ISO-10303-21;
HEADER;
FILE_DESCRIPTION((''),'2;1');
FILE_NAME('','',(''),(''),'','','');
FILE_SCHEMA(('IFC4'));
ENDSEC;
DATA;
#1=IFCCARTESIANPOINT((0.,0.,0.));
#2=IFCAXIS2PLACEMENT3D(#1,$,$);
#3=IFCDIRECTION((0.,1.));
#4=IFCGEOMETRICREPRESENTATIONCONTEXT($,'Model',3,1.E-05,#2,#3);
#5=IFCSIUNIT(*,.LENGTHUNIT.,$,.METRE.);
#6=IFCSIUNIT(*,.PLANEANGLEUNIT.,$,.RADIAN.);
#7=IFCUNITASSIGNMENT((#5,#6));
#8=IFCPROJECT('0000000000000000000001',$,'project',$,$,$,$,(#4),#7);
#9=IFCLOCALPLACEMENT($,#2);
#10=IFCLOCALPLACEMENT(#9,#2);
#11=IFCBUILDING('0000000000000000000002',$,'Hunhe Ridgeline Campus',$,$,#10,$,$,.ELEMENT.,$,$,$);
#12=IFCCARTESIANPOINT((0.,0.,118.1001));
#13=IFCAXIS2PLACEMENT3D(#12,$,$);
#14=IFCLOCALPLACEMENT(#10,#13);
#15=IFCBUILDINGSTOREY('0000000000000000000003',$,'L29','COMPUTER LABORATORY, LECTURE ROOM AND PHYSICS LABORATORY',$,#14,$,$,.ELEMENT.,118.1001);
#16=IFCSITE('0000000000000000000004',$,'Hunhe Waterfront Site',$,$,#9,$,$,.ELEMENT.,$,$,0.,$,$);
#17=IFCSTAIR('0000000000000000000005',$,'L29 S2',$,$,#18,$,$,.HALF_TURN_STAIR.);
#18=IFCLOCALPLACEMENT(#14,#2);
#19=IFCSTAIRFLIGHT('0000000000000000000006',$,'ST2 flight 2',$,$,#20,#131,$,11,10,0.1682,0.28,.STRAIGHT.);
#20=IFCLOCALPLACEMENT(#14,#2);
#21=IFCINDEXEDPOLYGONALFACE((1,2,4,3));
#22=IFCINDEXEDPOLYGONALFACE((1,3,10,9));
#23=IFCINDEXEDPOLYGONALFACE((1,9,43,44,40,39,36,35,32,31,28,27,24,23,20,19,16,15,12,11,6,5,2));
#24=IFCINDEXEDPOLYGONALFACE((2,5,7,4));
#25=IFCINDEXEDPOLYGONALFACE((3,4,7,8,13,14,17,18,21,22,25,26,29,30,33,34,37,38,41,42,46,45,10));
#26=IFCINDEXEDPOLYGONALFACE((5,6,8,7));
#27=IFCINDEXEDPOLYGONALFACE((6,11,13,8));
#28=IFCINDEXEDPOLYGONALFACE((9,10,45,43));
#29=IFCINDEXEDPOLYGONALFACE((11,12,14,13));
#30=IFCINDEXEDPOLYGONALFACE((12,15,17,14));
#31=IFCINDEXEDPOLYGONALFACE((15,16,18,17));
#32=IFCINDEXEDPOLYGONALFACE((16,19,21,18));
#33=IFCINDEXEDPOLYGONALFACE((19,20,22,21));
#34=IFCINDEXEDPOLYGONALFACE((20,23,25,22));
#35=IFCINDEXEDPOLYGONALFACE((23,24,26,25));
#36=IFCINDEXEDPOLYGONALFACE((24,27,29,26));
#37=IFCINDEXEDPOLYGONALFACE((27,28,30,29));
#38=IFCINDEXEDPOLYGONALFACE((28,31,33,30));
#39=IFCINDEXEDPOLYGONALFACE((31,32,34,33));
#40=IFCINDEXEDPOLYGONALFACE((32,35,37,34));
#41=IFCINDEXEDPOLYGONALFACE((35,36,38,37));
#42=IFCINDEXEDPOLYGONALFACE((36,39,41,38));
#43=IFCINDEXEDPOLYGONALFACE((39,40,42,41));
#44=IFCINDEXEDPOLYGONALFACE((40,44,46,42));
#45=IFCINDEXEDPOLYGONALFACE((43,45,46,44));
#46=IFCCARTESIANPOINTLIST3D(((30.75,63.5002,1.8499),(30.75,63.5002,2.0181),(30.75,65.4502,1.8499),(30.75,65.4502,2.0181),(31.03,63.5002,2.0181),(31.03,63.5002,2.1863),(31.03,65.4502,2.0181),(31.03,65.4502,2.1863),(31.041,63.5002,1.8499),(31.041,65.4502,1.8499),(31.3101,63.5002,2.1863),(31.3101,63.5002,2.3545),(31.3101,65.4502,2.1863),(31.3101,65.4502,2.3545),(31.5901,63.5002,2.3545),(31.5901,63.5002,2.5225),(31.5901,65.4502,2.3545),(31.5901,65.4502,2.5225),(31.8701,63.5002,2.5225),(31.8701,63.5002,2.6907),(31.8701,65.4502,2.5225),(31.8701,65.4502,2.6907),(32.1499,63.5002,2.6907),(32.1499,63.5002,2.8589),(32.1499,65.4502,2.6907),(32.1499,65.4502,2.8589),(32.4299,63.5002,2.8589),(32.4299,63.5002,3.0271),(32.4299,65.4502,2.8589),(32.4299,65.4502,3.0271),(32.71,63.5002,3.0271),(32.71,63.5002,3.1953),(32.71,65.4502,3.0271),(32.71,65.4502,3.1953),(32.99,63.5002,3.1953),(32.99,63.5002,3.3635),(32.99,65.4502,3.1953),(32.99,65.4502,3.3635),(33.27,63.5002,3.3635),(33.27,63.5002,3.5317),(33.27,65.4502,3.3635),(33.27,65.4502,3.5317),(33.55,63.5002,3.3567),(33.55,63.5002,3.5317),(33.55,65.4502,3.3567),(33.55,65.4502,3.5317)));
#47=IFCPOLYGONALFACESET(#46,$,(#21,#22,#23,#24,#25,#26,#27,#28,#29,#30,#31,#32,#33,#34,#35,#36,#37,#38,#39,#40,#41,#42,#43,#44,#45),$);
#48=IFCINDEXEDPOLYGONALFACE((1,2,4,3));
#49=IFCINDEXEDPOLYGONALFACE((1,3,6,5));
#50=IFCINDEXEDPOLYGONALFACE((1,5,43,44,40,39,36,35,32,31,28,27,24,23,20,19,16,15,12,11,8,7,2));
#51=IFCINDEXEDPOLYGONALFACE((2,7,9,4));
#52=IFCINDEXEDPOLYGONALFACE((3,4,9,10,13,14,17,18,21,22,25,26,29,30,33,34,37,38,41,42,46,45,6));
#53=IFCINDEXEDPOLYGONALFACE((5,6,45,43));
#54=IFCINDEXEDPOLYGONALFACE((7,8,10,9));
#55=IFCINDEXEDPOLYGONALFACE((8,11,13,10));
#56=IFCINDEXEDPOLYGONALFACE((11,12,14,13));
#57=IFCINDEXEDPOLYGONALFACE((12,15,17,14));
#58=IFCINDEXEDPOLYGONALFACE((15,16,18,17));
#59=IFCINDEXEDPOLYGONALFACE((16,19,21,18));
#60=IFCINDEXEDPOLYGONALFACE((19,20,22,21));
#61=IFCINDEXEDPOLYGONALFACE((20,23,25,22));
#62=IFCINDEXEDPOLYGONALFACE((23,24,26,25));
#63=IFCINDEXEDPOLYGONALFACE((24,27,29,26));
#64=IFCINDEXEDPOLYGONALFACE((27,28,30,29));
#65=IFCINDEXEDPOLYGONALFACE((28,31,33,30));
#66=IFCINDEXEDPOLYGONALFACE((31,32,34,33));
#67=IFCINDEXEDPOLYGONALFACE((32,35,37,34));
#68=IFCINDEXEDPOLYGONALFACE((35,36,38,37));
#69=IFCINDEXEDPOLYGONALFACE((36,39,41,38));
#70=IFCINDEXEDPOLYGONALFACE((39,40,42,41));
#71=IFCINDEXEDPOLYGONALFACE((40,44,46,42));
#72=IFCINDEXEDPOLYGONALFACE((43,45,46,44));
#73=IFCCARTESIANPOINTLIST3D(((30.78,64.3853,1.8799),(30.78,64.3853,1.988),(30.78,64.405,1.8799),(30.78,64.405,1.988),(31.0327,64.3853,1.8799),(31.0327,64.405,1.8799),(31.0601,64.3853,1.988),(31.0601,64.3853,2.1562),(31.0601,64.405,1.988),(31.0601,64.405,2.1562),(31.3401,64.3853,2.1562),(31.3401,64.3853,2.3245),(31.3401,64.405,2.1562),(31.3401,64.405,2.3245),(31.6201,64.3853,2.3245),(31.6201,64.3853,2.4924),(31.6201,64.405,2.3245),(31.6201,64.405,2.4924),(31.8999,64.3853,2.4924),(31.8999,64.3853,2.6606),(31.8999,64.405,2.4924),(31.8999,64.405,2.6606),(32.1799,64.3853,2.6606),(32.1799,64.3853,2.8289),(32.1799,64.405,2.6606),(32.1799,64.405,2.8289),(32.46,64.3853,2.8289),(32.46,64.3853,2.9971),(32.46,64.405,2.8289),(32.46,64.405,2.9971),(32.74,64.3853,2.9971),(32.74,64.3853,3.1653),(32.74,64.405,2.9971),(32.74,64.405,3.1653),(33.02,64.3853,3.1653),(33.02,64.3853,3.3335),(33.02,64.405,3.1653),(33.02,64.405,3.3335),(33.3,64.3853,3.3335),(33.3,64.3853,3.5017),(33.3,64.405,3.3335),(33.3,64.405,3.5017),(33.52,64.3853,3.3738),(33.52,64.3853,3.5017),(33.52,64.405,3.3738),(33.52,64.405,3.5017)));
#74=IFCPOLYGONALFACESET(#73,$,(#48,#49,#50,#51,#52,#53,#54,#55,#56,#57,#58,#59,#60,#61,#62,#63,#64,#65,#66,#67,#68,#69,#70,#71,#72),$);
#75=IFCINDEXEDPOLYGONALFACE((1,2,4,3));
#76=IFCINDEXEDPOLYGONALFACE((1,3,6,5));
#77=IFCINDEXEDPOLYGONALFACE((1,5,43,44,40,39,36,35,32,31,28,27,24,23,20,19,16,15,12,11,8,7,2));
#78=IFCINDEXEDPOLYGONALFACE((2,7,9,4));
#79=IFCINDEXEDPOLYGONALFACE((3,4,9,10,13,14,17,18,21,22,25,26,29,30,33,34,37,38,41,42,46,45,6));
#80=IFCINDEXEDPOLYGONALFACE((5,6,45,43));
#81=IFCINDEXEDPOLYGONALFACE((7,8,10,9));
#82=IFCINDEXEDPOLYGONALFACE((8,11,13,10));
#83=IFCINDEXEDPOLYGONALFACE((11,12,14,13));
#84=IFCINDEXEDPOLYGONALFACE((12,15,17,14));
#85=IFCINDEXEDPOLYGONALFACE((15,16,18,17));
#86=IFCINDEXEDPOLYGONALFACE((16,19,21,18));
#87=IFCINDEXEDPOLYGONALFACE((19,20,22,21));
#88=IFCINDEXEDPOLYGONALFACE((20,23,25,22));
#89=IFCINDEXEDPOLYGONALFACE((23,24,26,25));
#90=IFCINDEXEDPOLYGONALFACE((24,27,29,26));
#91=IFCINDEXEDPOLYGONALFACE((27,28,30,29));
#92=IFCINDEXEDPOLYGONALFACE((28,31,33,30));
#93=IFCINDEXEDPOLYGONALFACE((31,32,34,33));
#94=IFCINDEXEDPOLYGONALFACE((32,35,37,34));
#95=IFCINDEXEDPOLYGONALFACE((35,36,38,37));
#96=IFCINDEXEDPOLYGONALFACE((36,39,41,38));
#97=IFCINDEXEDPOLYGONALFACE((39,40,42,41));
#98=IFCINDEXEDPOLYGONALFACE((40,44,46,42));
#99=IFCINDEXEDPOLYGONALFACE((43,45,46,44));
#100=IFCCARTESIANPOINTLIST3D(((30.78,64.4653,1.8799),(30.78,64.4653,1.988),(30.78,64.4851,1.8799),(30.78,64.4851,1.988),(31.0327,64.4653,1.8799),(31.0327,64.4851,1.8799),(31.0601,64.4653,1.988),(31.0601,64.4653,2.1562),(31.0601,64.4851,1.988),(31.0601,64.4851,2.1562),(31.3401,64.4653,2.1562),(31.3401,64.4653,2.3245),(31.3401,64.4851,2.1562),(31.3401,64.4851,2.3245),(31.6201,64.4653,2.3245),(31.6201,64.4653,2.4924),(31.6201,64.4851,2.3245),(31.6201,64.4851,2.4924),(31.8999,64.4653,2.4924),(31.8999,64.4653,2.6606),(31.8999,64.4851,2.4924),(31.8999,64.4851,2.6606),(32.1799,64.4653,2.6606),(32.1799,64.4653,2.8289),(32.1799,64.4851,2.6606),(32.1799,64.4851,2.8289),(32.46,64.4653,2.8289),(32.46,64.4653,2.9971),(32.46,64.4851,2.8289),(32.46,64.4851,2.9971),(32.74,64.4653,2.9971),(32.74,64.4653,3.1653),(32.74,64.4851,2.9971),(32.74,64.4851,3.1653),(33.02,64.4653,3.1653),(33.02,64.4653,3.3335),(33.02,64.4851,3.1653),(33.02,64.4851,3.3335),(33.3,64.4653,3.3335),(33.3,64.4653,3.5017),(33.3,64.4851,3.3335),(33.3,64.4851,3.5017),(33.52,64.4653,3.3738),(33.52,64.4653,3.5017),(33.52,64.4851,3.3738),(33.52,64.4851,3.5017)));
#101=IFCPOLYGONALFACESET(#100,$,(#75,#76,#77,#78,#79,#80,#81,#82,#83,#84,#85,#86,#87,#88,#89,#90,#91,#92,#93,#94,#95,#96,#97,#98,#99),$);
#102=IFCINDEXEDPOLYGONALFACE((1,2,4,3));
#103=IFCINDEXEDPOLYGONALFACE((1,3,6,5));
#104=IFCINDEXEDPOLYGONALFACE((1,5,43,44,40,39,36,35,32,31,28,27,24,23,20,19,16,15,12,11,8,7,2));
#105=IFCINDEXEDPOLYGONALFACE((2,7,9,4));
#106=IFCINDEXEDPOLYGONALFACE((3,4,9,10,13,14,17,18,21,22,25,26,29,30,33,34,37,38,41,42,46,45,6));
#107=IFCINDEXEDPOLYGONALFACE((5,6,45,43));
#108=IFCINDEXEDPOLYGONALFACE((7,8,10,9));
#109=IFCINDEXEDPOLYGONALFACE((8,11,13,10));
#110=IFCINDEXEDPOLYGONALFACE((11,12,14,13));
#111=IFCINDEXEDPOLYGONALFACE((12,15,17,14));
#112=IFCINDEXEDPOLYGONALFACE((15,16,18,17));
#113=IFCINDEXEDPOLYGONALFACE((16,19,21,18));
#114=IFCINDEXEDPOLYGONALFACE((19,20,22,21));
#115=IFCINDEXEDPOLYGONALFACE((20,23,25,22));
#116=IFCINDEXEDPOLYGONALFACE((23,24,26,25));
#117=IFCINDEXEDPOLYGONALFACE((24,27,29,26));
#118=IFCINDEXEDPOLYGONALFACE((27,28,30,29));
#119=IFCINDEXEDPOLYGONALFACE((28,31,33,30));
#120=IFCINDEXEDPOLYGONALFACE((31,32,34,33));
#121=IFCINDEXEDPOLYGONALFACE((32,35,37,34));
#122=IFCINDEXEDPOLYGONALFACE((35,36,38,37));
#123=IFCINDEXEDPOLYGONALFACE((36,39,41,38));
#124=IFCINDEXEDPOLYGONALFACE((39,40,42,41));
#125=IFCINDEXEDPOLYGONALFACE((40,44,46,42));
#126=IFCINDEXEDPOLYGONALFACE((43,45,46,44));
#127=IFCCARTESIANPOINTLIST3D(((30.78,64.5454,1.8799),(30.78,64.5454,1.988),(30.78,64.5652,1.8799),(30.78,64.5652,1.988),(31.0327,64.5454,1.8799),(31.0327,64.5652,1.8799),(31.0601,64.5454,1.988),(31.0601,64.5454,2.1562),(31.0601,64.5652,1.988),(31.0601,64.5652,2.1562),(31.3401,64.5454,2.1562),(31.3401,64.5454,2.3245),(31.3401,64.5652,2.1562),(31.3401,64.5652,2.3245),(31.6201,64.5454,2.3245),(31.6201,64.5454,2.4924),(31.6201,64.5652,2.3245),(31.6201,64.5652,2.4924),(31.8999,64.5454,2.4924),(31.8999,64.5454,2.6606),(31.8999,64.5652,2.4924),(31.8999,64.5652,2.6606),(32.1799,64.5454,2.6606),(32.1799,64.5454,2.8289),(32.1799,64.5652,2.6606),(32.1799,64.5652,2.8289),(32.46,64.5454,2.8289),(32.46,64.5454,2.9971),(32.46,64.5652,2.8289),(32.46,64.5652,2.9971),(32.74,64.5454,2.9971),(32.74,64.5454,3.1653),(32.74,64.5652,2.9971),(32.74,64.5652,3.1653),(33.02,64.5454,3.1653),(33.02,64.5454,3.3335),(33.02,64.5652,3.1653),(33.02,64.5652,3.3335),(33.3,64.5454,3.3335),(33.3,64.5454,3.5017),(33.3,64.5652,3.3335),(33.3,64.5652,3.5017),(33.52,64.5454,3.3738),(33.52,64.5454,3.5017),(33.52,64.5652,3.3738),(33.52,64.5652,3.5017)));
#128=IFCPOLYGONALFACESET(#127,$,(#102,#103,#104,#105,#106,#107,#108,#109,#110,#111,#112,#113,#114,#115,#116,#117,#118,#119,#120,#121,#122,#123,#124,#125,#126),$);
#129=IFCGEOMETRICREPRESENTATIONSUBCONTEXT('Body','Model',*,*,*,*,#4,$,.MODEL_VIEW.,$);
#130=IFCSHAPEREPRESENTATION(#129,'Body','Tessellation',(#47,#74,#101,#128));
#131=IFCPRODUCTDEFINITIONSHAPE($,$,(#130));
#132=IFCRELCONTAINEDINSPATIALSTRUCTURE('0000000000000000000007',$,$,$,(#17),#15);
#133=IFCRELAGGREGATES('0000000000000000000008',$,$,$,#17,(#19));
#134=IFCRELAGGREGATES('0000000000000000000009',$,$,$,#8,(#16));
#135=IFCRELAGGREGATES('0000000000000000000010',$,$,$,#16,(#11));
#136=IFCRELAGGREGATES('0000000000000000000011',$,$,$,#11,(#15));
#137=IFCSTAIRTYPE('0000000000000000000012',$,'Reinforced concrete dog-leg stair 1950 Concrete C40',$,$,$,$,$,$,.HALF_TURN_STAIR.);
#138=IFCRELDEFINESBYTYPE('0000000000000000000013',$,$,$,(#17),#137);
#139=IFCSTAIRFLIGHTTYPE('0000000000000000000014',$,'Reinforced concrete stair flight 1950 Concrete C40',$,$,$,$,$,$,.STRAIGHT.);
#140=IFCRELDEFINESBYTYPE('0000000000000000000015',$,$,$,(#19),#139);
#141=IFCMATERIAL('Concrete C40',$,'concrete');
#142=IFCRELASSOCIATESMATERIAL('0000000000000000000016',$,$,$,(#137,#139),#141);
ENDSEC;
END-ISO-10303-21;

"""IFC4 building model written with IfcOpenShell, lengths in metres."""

from ifc_helpers import new_model, si_unit, direction, frame, origin, place, context, subcontext, project, spatial, polyline, outline, extrude, material, type_object, element, aggregate, save


model = new_model("IFC4")

# Units and contexts
model_context = context("Model", 3, precision=1e-05, world=origin(), true_north=direction((0.0, 1.0)))
body_context = subcontext(model_context, "Body", "Model", "MODEL_VIEW")
ifc_project = project(units=[si_unit("LENGTHUNIT", "METRE"), si_unit("PLANEANGLEUNIT", "RADIAN")], contexts=[model_context])

# Site, building, storey
site_placement = place(None, origin())
site = spatial("IfcSite", under=ifc_project, at=site_placement, Name="Hunhe Waterfront Site", CompositionType="ELEMENT", RefElevation=0.0)
building_placement = place(site_placement, origin())
building = spatial("IfcBuilding", under=site, at=building_placement, Name="Hunhe Ridgeline Campus", CompositionType="ELEMENT")
storey_placement = place(building_placement, frame((0.0, 0.0, 118.1001)))
storey = spatial("IfcBuildingStorey", under=building, at=storey_placement, Name="L29", Description="COMPUTER LABORATORY, LECTURE ROOM AND PHYSICS LABORATORY", CompositionType="ELEMENT", Elevation=118.1001)

# Stair, stair flight
ifc_material_1 = material(Name="Concrete C40", Category="concrete")
stair_type = type_object("IfcStairType", Name="Reinforced concrete dog-leg stair 1950 Concrete C40", PredefinedType="HALF_TURN_STAIR", material=ifc_material_1)
stair_placement = place(storey_placement, origin())
stair = element("IfcStair", 1, at=stair_placement, inside=storey, type_object=stair_type, Name="L29 S2", PredefinedType="HALF_TURN_STAIR")
stair_flight_type = type_object("IfcStairFlightType", Name="Reinforced concrete stair flight 1950 Concrete C40", PredefinedType="STRAIGHT", material=ifc_material_1)
stair_flight_1_placement = place(storey_placement, frame((30.75, 64.4751, 1.8499), z_axis=(0.0, 0.0, 1.0), x_axis=(1.0, 0.0, 0.0)))
stair_flight_1 = element("IfcStairFlight", 2, at=stair_flight_1_placement, type_object=stair_flight_type, Name="ST2 flight 2", NumberOfRisers=11, NumberOfTreads=10, PredefinedType="STRAIGHT", RiserHeight=0.1682, TreadLength=0.28, context=body_context, shape_type="SweptSolid", body=[
    extrude(outline(polyline([(0.0, 0.0), (0.0, 0.1682), (0.28, 0.1682), (0.28, 0.3364), (0.5601, 0.3364), (0.5601, 0.5046), (0.8401, 0.5046), (0.8401, 0.6726), (1.1201, 0.6726), (1.1201, 0.8408), (1.3999, 0.8408), (1.3999, 1.009), (1.6799, 1.009), (1.6799, 1.1772), (1.96, 1.1772), (1.96, 1.3455), (2.24, 1.3455), (2.24, 1.5137), (2.52, 1.5137), (2.52, 1.6819), (2.8, 1.6819), (2.8, 1.8501), (2.8, 1.5068), (0.291, 0.0), (0.0, 0.0)])), frame((0.0, 0.9751, 0.0), z_axis=(0.0, -1.0, 0.0), x_axis=(1.0, 0.0, 0.0)), (0.0, 0.0, 1.0), 1.95),
    extrude(outline(polyline([(0.03, 0.03), (0.03, 0.1382), (0.3101, 0.1382), (0.3101, 0.3064), (0.5901, 0.3064), (0.5901, 0.4746), (0.8701, 0.4746), (0.8701, 0.6426), (1.1499, 0.6426), (1.1499, 0.8108), (1.4299, 0.8108), (1.4299, 0.979), (1.71, 0.979), (1.71, 1.1472), (1.99, 1.1472), (1.99, 1.3154), (2.27, 1.3154), (2.27, 1.4836), (2.55, 1.4836), (2.55, 1.6519), (2.77, 1.6519), (2.77, 1.5239), (0.2827, 0.03), (0.03, 0.03)])), frame((0.0, -0.0701, 0.0), z_axis=(0.0, -1.0, 0.0), x_axis=(1.0, 0.0, 0.0)), (0.0, 0.0, 1.0), 0.0198),
    extrude(outline(polyline([(0.03, 0.03), (0.03, 0.1382), (0.3101, 0.1382), (0.3101, 0.3064), (0.5901, 0.3064), (0.5901, 0.4746), (0.8701, 0.4746), (0.8701, 0.6426), (1.1499, 0.6426), (1.1499, 0.8108), (1.4299, 0.8108), (1.4299, 0.979), (1.71, 0.979), (1.71, 1.1472), (1.99, 1.1472), (1.99, 1.3154), (2.27, 1.3154), (2.27, 1.4836), (2.55, 1.4836), (2.55, 1.6519), (2.77, 1.6519), (2.77, 1.5239), (0.2827, 0.03), (0.03, 0.03)])), frame((0.0, 0.01, 0.0), z_axis=(0.0, -1.0, 0.0), x_axis=(1.0, 0.0, 0.0)), (0.0, 0.0, 1.0), 0.0198),
    extrude(outline(polyline([(0.03, 0.03), (0.03, 0.1382), (0.3101, 0.1382), (0.3101, 0.3064), (0.5901, 0.3064), (0.5901, 0.4746), (0.8701, 0.4746), (0.8701, 0.6426), (1.1499, 0.6426), (1.1499, 0.8108), (1.4299, 0.8108), (1.4299, 0.979), (1.71, 0.979), (1.71, 1.1472), (1.99, 1.1472), (1.99, 1.3154), (2.27, 1.3154), (2.27, 1.4836), (2.55, 1.4836), (2.55, 1.6519), (2.77, 1.6519), (2.77, 1.5239), (0.2827, 0.03), (0.03, 0.03)])), frame((0.0, 0.0901, 0.0), z_axis=(0.0, -1.0, 0.0), x_axis=(1.0, 0.0, 0.0)), (0.0, 0.0, 1.0), 0.0198),
])
aggregate(stair, [stair_flight_1])

save(model, "model.ifc")
